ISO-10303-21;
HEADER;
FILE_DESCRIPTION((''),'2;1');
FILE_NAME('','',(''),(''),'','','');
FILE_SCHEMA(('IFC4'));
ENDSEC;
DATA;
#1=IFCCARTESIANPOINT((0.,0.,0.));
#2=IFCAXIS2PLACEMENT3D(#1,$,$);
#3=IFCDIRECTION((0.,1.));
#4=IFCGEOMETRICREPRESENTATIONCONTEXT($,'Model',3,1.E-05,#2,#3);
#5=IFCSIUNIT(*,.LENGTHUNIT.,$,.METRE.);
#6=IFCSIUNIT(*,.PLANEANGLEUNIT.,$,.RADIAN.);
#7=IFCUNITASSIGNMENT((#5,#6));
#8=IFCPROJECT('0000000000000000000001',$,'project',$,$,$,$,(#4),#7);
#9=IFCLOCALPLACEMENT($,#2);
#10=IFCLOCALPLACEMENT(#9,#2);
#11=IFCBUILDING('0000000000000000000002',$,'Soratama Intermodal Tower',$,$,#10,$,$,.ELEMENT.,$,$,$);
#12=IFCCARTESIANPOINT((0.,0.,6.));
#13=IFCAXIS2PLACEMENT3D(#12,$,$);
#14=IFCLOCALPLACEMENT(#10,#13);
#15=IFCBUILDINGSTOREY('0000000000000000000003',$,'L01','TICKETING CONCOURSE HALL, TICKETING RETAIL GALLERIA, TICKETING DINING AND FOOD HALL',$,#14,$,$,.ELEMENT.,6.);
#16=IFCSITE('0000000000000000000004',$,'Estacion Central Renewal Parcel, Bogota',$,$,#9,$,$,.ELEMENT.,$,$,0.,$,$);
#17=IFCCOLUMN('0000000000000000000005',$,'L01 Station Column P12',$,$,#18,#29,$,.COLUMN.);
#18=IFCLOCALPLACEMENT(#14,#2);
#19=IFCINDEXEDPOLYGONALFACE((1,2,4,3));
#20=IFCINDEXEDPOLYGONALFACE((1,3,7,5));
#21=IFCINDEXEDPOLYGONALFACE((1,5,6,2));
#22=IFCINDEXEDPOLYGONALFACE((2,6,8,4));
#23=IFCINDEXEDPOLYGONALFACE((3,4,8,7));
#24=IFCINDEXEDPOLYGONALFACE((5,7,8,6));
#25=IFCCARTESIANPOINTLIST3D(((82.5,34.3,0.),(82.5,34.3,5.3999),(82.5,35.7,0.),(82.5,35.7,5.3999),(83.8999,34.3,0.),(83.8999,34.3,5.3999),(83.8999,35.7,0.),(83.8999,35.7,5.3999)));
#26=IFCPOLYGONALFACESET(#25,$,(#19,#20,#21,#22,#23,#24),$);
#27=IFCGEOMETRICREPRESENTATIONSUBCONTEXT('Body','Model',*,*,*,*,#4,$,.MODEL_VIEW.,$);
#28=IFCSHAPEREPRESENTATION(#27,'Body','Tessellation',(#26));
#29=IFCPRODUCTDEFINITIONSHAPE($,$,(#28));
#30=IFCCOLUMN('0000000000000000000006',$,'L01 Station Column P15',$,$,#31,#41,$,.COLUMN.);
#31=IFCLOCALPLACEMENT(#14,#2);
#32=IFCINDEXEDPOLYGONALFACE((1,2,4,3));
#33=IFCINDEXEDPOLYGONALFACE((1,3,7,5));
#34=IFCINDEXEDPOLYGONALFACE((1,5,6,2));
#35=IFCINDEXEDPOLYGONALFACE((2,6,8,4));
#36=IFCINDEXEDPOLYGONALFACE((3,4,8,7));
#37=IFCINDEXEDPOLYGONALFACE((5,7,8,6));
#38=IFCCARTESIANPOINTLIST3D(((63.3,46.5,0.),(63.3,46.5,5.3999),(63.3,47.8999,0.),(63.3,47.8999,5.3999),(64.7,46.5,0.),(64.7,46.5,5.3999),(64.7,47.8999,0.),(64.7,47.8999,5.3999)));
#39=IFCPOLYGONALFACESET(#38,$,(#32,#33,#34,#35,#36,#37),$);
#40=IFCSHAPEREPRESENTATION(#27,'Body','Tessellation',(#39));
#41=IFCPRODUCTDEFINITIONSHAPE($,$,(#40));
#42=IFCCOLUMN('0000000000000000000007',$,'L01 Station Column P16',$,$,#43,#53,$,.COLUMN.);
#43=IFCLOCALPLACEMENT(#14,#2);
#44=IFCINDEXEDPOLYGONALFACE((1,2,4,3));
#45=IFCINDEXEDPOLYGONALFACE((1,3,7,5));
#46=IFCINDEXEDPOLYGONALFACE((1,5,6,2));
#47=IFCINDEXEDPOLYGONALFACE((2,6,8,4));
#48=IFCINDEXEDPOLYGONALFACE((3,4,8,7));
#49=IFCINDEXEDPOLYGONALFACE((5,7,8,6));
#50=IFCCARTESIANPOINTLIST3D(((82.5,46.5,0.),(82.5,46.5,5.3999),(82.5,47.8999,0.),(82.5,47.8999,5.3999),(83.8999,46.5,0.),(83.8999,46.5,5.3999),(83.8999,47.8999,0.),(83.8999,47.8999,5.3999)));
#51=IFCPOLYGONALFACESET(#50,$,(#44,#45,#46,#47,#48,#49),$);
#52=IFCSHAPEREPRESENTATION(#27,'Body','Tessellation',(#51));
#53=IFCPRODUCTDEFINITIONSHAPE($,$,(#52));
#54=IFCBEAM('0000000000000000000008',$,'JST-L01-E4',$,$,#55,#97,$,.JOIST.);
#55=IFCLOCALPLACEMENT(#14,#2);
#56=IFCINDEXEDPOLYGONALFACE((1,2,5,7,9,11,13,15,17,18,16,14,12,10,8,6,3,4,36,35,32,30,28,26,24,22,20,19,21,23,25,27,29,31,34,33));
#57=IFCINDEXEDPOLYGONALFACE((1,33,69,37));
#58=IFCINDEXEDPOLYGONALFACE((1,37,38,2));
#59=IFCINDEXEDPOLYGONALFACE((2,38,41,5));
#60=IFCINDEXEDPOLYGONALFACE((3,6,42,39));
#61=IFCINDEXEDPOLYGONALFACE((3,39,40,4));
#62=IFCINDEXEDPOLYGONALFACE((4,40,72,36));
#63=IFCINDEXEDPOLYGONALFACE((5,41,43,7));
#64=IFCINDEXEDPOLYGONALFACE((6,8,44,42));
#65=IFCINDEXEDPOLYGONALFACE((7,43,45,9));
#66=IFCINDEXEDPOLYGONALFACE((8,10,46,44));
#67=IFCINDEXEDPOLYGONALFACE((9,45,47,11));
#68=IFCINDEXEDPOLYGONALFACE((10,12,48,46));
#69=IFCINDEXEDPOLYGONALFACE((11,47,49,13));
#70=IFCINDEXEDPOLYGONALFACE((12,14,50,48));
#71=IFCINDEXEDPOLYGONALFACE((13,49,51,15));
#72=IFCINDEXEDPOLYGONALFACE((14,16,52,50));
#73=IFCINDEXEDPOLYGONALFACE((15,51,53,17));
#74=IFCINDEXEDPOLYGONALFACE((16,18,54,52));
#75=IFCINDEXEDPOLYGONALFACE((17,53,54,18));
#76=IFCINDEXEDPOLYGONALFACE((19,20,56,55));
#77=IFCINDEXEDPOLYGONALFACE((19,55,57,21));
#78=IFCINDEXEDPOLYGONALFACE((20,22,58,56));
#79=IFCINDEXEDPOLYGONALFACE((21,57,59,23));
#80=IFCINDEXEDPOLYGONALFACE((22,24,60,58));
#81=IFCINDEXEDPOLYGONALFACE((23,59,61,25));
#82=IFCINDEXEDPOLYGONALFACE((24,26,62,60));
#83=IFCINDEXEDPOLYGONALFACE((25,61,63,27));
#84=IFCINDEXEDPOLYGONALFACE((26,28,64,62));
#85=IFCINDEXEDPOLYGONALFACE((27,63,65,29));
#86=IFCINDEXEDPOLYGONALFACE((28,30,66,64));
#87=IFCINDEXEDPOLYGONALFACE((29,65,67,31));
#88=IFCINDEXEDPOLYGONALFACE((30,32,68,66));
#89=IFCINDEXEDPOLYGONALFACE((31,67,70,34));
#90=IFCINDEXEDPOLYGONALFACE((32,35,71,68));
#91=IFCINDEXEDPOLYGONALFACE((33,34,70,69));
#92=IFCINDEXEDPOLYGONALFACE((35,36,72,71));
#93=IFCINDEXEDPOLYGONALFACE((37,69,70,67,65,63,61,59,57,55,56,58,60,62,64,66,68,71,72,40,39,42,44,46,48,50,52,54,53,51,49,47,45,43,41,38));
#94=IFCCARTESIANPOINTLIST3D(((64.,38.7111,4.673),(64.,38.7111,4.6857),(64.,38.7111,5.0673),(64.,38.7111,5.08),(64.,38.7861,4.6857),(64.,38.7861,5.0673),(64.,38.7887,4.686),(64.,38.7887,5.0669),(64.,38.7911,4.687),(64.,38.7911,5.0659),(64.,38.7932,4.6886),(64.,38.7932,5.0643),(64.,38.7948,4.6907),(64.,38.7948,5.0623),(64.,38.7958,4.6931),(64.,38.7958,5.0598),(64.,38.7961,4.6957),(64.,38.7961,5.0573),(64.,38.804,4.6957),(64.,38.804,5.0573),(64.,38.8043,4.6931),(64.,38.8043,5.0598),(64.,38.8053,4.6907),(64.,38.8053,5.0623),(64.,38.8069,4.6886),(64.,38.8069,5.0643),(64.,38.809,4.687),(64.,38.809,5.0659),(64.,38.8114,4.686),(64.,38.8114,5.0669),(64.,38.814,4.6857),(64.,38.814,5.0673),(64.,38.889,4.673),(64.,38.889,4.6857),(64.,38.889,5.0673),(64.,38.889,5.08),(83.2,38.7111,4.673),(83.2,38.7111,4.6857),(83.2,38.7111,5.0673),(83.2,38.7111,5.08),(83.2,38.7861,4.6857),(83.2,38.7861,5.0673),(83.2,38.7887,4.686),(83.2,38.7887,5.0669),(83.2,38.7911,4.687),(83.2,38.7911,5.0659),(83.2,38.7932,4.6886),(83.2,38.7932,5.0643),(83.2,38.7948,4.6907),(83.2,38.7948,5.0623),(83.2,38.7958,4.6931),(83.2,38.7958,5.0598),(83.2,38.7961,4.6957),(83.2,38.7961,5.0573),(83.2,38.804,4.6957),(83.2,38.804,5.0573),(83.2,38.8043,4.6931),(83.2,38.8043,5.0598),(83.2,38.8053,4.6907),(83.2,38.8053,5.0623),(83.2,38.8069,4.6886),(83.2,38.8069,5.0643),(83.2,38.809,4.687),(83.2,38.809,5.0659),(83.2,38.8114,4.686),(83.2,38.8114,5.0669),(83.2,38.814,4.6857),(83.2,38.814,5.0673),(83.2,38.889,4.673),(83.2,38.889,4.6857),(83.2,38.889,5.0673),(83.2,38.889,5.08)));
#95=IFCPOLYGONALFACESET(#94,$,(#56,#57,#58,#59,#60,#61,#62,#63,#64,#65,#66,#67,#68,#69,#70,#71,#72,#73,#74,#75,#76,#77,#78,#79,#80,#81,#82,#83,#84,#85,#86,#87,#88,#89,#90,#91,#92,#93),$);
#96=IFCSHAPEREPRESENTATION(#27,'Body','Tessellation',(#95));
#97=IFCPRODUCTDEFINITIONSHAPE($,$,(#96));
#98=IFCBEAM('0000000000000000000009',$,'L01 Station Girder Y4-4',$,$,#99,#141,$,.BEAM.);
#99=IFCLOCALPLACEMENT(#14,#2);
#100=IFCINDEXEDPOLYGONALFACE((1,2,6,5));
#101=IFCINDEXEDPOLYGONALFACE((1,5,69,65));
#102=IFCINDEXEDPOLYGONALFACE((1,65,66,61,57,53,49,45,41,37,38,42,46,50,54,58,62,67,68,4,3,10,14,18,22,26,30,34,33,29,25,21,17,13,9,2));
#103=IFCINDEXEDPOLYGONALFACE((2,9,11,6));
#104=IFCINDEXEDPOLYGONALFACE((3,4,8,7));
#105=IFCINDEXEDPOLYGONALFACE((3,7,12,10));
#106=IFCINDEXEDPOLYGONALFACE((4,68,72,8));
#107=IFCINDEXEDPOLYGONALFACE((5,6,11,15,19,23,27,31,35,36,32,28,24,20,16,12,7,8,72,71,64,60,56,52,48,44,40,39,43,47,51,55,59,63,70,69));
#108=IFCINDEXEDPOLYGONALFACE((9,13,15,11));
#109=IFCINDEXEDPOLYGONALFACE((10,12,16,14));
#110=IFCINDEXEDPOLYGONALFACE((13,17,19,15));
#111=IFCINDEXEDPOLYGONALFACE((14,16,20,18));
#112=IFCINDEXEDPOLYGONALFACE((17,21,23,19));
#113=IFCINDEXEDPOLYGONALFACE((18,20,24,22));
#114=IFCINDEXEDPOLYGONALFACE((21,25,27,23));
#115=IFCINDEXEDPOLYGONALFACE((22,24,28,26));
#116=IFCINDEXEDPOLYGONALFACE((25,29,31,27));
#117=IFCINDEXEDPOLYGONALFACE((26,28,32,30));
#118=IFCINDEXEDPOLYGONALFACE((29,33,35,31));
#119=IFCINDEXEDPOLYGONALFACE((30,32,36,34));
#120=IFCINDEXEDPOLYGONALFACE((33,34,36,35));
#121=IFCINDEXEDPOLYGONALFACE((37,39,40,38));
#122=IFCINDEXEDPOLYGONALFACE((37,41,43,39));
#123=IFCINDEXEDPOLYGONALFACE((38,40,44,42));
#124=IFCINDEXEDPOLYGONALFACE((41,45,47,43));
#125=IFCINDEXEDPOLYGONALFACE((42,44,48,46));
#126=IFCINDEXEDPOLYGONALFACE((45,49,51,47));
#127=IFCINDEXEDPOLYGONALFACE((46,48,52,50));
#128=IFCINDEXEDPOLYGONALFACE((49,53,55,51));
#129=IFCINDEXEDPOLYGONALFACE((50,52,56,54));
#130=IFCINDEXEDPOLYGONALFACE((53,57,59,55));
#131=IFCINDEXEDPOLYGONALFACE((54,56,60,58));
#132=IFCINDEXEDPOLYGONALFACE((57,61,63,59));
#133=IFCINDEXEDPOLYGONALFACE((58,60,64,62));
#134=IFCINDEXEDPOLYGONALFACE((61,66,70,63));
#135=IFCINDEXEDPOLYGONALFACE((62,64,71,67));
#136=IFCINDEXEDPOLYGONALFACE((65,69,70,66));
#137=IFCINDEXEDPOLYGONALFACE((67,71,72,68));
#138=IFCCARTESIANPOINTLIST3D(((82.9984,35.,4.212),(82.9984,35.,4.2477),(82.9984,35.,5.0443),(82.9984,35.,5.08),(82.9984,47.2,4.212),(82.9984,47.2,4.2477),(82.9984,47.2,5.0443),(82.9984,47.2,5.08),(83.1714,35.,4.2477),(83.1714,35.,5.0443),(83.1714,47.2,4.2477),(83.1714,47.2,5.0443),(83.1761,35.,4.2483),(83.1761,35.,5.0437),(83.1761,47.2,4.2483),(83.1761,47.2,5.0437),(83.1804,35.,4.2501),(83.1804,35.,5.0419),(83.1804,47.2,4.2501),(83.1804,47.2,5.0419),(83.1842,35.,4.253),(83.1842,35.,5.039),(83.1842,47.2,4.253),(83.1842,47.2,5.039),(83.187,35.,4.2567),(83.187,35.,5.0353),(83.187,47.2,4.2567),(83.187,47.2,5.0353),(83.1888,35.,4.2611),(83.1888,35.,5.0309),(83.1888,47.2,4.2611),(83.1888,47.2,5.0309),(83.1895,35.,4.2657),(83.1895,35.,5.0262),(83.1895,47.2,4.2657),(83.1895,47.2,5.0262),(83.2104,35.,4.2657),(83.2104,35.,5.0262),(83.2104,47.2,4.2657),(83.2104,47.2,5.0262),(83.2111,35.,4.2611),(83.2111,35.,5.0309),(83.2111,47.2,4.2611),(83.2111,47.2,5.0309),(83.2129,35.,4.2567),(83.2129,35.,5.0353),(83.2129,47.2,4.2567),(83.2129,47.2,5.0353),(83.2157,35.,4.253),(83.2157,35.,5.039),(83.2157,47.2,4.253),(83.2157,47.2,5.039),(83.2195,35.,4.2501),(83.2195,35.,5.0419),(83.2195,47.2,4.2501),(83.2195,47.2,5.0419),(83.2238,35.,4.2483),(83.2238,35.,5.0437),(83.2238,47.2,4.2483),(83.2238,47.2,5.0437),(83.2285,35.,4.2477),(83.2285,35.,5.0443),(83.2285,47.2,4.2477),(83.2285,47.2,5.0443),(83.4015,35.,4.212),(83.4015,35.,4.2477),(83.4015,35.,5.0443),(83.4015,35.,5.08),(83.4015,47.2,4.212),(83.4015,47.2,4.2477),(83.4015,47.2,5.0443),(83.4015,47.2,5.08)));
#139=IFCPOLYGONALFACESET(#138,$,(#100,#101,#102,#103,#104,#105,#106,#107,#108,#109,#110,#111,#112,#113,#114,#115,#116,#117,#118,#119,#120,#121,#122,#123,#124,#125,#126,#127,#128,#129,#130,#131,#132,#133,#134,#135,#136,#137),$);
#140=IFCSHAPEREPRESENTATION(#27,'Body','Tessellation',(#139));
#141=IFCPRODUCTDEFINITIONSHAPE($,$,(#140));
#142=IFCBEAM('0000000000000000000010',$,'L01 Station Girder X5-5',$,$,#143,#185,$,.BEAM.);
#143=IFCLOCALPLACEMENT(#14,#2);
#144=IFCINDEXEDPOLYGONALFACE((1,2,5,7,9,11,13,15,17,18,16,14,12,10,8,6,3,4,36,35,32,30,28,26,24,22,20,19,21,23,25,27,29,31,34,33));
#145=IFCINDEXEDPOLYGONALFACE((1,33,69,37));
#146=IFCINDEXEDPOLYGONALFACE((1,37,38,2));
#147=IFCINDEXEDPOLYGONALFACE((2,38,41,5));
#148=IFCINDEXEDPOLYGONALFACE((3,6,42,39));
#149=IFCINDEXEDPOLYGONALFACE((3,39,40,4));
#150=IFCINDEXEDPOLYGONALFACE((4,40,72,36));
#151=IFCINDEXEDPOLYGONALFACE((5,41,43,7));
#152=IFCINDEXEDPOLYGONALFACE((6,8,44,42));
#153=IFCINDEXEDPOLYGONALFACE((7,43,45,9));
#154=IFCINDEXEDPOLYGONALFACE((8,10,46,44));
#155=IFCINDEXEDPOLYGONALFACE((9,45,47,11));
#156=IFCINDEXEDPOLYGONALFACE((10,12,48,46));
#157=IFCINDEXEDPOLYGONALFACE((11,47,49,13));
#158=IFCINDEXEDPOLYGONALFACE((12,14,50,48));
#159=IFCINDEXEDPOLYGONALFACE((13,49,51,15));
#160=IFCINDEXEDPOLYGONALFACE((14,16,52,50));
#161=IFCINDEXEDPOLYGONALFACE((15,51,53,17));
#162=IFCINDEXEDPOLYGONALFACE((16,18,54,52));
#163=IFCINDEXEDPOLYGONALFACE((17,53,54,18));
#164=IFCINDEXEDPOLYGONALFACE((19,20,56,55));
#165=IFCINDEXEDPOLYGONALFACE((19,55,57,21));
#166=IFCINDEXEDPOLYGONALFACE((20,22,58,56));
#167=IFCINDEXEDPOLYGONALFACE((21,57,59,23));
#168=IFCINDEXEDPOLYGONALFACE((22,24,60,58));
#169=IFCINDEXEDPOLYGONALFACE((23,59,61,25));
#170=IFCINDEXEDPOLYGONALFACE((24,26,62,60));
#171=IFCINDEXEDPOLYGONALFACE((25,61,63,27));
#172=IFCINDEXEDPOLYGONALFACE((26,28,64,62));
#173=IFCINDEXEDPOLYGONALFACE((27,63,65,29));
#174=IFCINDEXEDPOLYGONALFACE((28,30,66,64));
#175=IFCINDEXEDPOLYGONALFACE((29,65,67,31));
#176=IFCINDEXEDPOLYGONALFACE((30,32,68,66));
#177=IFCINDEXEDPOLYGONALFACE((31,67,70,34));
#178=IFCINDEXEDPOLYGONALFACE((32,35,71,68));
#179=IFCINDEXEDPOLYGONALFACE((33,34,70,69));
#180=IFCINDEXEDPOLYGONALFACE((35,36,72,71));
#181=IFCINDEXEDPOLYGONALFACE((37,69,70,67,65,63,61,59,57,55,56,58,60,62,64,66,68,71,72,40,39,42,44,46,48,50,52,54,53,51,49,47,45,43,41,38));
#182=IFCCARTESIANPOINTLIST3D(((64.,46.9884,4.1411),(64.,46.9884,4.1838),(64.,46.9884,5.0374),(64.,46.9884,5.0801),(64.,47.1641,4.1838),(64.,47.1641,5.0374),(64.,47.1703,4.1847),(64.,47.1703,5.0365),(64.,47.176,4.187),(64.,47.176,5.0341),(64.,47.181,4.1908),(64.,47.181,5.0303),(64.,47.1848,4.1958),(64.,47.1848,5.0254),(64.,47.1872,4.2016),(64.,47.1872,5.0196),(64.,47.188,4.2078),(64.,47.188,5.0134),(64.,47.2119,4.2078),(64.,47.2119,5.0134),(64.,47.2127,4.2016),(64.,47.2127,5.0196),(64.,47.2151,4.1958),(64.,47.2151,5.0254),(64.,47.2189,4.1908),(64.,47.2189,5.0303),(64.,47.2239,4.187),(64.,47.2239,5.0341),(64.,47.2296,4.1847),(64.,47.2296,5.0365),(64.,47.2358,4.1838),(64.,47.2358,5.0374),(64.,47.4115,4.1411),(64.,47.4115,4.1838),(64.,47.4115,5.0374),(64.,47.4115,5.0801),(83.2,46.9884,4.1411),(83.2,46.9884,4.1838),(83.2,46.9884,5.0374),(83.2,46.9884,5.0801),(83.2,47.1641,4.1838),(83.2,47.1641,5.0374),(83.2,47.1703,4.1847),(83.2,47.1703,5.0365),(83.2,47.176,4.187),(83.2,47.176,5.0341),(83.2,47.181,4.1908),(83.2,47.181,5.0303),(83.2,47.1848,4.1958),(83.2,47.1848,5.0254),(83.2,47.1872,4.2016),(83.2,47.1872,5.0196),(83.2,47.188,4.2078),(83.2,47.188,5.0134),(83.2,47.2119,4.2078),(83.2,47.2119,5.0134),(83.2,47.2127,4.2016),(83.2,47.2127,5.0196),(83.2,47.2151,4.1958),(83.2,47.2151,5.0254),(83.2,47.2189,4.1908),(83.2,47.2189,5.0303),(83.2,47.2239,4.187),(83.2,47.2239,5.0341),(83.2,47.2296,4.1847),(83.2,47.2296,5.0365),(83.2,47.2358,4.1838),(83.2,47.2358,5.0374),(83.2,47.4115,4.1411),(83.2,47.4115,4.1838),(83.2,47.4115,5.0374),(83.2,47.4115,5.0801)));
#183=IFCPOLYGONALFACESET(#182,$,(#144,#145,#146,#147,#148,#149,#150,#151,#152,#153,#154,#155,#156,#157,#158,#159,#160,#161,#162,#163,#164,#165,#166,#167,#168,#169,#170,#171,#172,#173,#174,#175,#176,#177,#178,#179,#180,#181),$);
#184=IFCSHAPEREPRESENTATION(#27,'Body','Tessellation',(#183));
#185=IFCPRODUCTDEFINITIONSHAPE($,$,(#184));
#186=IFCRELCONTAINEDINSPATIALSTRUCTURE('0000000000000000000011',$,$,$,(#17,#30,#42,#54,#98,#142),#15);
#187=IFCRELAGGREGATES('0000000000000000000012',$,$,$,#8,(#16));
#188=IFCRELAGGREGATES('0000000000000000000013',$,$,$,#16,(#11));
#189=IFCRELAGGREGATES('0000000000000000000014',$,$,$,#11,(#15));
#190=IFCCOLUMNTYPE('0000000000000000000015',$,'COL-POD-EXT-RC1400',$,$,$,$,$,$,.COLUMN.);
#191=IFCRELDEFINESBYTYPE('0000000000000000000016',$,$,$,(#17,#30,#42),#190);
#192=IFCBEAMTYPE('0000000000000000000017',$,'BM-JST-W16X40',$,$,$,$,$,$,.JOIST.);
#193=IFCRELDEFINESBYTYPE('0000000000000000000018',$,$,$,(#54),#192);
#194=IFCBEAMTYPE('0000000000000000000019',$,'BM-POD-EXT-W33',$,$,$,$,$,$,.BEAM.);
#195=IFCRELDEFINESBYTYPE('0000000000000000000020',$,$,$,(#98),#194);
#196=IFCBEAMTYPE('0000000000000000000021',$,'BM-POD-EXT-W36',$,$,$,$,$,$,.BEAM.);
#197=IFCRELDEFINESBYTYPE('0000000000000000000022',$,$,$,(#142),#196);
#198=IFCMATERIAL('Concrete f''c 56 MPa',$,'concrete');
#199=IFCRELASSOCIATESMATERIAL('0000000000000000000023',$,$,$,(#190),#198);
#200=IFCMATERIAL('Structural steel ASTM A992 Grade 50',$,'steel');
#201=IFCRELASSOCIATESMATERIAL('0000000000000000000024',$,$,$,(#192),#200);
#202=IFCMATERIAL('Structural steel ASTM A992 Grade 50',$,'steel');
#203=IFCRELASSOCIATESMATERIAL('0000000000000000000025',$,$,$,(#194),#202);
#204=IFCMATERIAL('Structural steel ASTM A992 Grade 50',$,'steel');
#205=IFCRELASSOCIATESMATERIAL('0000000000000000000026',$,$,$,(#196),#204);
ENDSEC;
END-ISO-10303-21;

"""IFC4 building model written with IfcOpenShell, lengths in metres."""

from ifc_helpers import new_model, si_unit, direction, frame, origin, origin_2d, place, context, subcontext, project, spatial, rectangle, i_section, extrude, material, material_profile, profile_set, type_object, element, save


model = new_model("IFC4")

# Units and contexts
model_context = context("Model", 3, precision=1e-05, world=origin(), true_north=direction((0.0, 1.0)))
body_context = subcontext(model_context, "Body", "Model", "MODEL_VIEW")
ifc_project = project(units=[si_unit("LENGTHUNIT", "METRE"), si_unit("PLANEANGLEUNIT", "RADIAN")], contexts=[model_context])

# Site, building, storey
site_placement = place(None, origin())
site = spatial("IfcSite", under=ifc_project, at=site_placement, Name="Estacion Central Renewal Parcel, Bogota", CompositionType="ELEMENT", RefElevation=0.0)
building_placement = place(site_placement, origin())
building = spatial("IfcBuilding", under=site, at=building_placement, Name="Soratama Intermodal Tower", CompositionType="ELEMENT")
storey_placement = place(building_placement, frame((0.0, 0.0, 6.0)))
storey = spatial("IfcBuildingStorey", under=building, at=storey_placement, Name="L01", Description="TICKETING CONCOURSE HALL, TICKETING RETAIL GALLERIA, TICKETING DINING AND FOOD HALL", CompositionType="ELEMENT", Elevation=6.0)

# Columns
ifc_material_1 = material(Name="Concrete f'c 56 MPa", Category="concrete")
ifc_material_profile_1 = material_profile(ifc_material_1, rectangle(XDim=1.3999, YDim=1.3999, at=origin_2d()), Name="RC1400X1400")
ifc_profile_set_1 = profile_set([ifc_material_profile_1], Name="Concrete f'c 56 MPa")
column_type = type_object("IfcColumnType", Name="COL-POD-EXT-RC1400", PredefinedType="COLUMN", material=ifc_profile_set_1)
for number, where, z_axis, x_axis, name in (
    (1, (83.2, 35.0, 0.0), (0.0, 0.0, 1.0), (1.0, 0.0, 0.0), "L01 Station Column P12"),
    (2, (64.0, 47.2, 0.0), (0.0, 0.0, 1.0), (1.0, 0.0, 0.0), "L01 Station Column P15"),
    (3, (83.2, 47.2, 0.0), (0.0, 0.0, 1.0), (1.0, 0.0, 0.0), "L01 Station Column P16"),
):
    element("IfcColumn", number, at=place(storey_placement, frame(where, z_axis=z_axis, x_axis=x_axis)), inside=storey, type_object=column_type, Name=name, PredefinedType="COLUMN", context=body_context, shape_type="SweptSolid", body=[
        extrude(rectangle(XDim=1.3999, YDim=1.3999, at=origin_2d()), origin(), (0.0, 0.0, 1.0), 5.3999),
    ])

# Beams
ifc_material_2 = material(Name="Structural steel ASTM A992 Grade 50", Category="steel")
ifc_material_profile_2 = material_profile(ifc_material_2, i_section(OverallWidth=0.178, OverallDepth=0.407, WebThickness=0.0078, FlangeThickness=0.0127, FilletRadius=0.01, at=origin_2d()), Name="W16X40")
ifc_profile_set_2 = profile_set([ifc_material_profile_2], Name="Structural steel ASTM A992 Grade 50")
beam_type_1 = type_object("IfcBeamType", Name="BM-JST-W16X40", PredefinedType="JOIST", material=ifc_profile_set_2)
beam_1_placement = place(storey_placement, frame((64.0, 38.8, 4.8765), z_axis=(1.0, 0.0, 0.0), x_axis=(0.0, 1.0, 0.0)))
element("IfcBeam", 4, at=beam_1_placement, inside=storey, type_object=beam_type_1, Name="JST-L01-E4", PredefinedType="JOIST", context=body_context, shape_type="SweptSolid", body=[
    extrude(i_section(OverallWidth=0.178, OverallDepth=0.407, WebThickness=0.0078, FlangeThickness=0.0127, FilletRadius=0.01, at=origin_2d()), origin(), (0.0, 0.0, 1.0), 19.2),
])
ifc_material_3 = material(Name="Structural steel ASTM A992 Grade 50", Category="steel")
ifc_material_profile_3 = material_profile(ifc_material_3, i_section(OverallWidth=0.4031, OverallDepth=0.8679, WebThickness=0.021, FlangeThickness=0.0356, FilletRadius=0.0181, at=origin_2d()), Name="W33X241")
ifc_profile_set_3 = profile_set([ifc_material_profile_3], Name="Structural steel ASTM A992 Grade 50")
beam_type_2 = type_object("IfcBeamType", Name="BM-POD-EXT-W33", PredefinedType="BEAM", material=ifc_profile_set_3)
beam_2_placement = place(storey_placement, frame((83.2, 35.0, 4.646), z_axis=(0.0, 1.0, 0.0), x_axis=(-1.0, 0.0, 0.0)))
element("IfcBeam", 5, at=beam_2_placement, inside=storey, type_object=beam_type_2, Name="L01 Station Girder Y4-4", PredefinedType="BEAM", context=body_context, shape_type="SweptSolid", body=[
    extrude(i_section(OverallWidth=0.4031, OverallDepth=0.8679, WebThickness=0.021, FlangeThickness=0.0356, FilletRadius=0.0181, at=origin_2d()), origin(), (0.0, 0.0, 1.0), 12.2),
])
ifc_material_4 = material(Name="Structural steel ASTM A992 Grade 50", Category="steel")
ifc_material_profile_4 = material_profile(ifc_material_4, i_section(OverallWidth=0.4231, OverallDepth=0.939, WebThickness=0.0239, FlangeThickness=0.0427, FilletRadius=0.0239, at=origin_2d()), Name="W36X302")
ifc_profile_set_4 = profile_set([ifc_material_profile_4], Name="Structural steel ASTM A992 Grade 50")
beam_type_3 = type_object("IfcBeamType", Name="BM-POD-EXT-W36", PredefinedType="BEAM", material=ifc_profile_set_4)
beam_3_placement = place(storey_placement, frame((64.0, 47.2, 4.6106), z_axis=(1.0, 0.0, 0.0), x_axis=(0.0, 1.0, 0.0)))
element("IfcBeam", 6, at=beam_3_placement, inside=storey, type_object=beam_type_3, Name="L01 Station Girder X5-5", PredefinedType="BEAM", context=body_context, shape_type="SweptSolid", body=[
    extrude(i_section(OverallWidth=0.4231, OverallDepth=0.939, WebThickness=0.0239, FlangeThickness=0.0427, FilletRadius=0.0239, at=origin_2d()), origin(), (0.0, 0.0, 1.0), 19.2),
])

save(model, "model.ifc")
